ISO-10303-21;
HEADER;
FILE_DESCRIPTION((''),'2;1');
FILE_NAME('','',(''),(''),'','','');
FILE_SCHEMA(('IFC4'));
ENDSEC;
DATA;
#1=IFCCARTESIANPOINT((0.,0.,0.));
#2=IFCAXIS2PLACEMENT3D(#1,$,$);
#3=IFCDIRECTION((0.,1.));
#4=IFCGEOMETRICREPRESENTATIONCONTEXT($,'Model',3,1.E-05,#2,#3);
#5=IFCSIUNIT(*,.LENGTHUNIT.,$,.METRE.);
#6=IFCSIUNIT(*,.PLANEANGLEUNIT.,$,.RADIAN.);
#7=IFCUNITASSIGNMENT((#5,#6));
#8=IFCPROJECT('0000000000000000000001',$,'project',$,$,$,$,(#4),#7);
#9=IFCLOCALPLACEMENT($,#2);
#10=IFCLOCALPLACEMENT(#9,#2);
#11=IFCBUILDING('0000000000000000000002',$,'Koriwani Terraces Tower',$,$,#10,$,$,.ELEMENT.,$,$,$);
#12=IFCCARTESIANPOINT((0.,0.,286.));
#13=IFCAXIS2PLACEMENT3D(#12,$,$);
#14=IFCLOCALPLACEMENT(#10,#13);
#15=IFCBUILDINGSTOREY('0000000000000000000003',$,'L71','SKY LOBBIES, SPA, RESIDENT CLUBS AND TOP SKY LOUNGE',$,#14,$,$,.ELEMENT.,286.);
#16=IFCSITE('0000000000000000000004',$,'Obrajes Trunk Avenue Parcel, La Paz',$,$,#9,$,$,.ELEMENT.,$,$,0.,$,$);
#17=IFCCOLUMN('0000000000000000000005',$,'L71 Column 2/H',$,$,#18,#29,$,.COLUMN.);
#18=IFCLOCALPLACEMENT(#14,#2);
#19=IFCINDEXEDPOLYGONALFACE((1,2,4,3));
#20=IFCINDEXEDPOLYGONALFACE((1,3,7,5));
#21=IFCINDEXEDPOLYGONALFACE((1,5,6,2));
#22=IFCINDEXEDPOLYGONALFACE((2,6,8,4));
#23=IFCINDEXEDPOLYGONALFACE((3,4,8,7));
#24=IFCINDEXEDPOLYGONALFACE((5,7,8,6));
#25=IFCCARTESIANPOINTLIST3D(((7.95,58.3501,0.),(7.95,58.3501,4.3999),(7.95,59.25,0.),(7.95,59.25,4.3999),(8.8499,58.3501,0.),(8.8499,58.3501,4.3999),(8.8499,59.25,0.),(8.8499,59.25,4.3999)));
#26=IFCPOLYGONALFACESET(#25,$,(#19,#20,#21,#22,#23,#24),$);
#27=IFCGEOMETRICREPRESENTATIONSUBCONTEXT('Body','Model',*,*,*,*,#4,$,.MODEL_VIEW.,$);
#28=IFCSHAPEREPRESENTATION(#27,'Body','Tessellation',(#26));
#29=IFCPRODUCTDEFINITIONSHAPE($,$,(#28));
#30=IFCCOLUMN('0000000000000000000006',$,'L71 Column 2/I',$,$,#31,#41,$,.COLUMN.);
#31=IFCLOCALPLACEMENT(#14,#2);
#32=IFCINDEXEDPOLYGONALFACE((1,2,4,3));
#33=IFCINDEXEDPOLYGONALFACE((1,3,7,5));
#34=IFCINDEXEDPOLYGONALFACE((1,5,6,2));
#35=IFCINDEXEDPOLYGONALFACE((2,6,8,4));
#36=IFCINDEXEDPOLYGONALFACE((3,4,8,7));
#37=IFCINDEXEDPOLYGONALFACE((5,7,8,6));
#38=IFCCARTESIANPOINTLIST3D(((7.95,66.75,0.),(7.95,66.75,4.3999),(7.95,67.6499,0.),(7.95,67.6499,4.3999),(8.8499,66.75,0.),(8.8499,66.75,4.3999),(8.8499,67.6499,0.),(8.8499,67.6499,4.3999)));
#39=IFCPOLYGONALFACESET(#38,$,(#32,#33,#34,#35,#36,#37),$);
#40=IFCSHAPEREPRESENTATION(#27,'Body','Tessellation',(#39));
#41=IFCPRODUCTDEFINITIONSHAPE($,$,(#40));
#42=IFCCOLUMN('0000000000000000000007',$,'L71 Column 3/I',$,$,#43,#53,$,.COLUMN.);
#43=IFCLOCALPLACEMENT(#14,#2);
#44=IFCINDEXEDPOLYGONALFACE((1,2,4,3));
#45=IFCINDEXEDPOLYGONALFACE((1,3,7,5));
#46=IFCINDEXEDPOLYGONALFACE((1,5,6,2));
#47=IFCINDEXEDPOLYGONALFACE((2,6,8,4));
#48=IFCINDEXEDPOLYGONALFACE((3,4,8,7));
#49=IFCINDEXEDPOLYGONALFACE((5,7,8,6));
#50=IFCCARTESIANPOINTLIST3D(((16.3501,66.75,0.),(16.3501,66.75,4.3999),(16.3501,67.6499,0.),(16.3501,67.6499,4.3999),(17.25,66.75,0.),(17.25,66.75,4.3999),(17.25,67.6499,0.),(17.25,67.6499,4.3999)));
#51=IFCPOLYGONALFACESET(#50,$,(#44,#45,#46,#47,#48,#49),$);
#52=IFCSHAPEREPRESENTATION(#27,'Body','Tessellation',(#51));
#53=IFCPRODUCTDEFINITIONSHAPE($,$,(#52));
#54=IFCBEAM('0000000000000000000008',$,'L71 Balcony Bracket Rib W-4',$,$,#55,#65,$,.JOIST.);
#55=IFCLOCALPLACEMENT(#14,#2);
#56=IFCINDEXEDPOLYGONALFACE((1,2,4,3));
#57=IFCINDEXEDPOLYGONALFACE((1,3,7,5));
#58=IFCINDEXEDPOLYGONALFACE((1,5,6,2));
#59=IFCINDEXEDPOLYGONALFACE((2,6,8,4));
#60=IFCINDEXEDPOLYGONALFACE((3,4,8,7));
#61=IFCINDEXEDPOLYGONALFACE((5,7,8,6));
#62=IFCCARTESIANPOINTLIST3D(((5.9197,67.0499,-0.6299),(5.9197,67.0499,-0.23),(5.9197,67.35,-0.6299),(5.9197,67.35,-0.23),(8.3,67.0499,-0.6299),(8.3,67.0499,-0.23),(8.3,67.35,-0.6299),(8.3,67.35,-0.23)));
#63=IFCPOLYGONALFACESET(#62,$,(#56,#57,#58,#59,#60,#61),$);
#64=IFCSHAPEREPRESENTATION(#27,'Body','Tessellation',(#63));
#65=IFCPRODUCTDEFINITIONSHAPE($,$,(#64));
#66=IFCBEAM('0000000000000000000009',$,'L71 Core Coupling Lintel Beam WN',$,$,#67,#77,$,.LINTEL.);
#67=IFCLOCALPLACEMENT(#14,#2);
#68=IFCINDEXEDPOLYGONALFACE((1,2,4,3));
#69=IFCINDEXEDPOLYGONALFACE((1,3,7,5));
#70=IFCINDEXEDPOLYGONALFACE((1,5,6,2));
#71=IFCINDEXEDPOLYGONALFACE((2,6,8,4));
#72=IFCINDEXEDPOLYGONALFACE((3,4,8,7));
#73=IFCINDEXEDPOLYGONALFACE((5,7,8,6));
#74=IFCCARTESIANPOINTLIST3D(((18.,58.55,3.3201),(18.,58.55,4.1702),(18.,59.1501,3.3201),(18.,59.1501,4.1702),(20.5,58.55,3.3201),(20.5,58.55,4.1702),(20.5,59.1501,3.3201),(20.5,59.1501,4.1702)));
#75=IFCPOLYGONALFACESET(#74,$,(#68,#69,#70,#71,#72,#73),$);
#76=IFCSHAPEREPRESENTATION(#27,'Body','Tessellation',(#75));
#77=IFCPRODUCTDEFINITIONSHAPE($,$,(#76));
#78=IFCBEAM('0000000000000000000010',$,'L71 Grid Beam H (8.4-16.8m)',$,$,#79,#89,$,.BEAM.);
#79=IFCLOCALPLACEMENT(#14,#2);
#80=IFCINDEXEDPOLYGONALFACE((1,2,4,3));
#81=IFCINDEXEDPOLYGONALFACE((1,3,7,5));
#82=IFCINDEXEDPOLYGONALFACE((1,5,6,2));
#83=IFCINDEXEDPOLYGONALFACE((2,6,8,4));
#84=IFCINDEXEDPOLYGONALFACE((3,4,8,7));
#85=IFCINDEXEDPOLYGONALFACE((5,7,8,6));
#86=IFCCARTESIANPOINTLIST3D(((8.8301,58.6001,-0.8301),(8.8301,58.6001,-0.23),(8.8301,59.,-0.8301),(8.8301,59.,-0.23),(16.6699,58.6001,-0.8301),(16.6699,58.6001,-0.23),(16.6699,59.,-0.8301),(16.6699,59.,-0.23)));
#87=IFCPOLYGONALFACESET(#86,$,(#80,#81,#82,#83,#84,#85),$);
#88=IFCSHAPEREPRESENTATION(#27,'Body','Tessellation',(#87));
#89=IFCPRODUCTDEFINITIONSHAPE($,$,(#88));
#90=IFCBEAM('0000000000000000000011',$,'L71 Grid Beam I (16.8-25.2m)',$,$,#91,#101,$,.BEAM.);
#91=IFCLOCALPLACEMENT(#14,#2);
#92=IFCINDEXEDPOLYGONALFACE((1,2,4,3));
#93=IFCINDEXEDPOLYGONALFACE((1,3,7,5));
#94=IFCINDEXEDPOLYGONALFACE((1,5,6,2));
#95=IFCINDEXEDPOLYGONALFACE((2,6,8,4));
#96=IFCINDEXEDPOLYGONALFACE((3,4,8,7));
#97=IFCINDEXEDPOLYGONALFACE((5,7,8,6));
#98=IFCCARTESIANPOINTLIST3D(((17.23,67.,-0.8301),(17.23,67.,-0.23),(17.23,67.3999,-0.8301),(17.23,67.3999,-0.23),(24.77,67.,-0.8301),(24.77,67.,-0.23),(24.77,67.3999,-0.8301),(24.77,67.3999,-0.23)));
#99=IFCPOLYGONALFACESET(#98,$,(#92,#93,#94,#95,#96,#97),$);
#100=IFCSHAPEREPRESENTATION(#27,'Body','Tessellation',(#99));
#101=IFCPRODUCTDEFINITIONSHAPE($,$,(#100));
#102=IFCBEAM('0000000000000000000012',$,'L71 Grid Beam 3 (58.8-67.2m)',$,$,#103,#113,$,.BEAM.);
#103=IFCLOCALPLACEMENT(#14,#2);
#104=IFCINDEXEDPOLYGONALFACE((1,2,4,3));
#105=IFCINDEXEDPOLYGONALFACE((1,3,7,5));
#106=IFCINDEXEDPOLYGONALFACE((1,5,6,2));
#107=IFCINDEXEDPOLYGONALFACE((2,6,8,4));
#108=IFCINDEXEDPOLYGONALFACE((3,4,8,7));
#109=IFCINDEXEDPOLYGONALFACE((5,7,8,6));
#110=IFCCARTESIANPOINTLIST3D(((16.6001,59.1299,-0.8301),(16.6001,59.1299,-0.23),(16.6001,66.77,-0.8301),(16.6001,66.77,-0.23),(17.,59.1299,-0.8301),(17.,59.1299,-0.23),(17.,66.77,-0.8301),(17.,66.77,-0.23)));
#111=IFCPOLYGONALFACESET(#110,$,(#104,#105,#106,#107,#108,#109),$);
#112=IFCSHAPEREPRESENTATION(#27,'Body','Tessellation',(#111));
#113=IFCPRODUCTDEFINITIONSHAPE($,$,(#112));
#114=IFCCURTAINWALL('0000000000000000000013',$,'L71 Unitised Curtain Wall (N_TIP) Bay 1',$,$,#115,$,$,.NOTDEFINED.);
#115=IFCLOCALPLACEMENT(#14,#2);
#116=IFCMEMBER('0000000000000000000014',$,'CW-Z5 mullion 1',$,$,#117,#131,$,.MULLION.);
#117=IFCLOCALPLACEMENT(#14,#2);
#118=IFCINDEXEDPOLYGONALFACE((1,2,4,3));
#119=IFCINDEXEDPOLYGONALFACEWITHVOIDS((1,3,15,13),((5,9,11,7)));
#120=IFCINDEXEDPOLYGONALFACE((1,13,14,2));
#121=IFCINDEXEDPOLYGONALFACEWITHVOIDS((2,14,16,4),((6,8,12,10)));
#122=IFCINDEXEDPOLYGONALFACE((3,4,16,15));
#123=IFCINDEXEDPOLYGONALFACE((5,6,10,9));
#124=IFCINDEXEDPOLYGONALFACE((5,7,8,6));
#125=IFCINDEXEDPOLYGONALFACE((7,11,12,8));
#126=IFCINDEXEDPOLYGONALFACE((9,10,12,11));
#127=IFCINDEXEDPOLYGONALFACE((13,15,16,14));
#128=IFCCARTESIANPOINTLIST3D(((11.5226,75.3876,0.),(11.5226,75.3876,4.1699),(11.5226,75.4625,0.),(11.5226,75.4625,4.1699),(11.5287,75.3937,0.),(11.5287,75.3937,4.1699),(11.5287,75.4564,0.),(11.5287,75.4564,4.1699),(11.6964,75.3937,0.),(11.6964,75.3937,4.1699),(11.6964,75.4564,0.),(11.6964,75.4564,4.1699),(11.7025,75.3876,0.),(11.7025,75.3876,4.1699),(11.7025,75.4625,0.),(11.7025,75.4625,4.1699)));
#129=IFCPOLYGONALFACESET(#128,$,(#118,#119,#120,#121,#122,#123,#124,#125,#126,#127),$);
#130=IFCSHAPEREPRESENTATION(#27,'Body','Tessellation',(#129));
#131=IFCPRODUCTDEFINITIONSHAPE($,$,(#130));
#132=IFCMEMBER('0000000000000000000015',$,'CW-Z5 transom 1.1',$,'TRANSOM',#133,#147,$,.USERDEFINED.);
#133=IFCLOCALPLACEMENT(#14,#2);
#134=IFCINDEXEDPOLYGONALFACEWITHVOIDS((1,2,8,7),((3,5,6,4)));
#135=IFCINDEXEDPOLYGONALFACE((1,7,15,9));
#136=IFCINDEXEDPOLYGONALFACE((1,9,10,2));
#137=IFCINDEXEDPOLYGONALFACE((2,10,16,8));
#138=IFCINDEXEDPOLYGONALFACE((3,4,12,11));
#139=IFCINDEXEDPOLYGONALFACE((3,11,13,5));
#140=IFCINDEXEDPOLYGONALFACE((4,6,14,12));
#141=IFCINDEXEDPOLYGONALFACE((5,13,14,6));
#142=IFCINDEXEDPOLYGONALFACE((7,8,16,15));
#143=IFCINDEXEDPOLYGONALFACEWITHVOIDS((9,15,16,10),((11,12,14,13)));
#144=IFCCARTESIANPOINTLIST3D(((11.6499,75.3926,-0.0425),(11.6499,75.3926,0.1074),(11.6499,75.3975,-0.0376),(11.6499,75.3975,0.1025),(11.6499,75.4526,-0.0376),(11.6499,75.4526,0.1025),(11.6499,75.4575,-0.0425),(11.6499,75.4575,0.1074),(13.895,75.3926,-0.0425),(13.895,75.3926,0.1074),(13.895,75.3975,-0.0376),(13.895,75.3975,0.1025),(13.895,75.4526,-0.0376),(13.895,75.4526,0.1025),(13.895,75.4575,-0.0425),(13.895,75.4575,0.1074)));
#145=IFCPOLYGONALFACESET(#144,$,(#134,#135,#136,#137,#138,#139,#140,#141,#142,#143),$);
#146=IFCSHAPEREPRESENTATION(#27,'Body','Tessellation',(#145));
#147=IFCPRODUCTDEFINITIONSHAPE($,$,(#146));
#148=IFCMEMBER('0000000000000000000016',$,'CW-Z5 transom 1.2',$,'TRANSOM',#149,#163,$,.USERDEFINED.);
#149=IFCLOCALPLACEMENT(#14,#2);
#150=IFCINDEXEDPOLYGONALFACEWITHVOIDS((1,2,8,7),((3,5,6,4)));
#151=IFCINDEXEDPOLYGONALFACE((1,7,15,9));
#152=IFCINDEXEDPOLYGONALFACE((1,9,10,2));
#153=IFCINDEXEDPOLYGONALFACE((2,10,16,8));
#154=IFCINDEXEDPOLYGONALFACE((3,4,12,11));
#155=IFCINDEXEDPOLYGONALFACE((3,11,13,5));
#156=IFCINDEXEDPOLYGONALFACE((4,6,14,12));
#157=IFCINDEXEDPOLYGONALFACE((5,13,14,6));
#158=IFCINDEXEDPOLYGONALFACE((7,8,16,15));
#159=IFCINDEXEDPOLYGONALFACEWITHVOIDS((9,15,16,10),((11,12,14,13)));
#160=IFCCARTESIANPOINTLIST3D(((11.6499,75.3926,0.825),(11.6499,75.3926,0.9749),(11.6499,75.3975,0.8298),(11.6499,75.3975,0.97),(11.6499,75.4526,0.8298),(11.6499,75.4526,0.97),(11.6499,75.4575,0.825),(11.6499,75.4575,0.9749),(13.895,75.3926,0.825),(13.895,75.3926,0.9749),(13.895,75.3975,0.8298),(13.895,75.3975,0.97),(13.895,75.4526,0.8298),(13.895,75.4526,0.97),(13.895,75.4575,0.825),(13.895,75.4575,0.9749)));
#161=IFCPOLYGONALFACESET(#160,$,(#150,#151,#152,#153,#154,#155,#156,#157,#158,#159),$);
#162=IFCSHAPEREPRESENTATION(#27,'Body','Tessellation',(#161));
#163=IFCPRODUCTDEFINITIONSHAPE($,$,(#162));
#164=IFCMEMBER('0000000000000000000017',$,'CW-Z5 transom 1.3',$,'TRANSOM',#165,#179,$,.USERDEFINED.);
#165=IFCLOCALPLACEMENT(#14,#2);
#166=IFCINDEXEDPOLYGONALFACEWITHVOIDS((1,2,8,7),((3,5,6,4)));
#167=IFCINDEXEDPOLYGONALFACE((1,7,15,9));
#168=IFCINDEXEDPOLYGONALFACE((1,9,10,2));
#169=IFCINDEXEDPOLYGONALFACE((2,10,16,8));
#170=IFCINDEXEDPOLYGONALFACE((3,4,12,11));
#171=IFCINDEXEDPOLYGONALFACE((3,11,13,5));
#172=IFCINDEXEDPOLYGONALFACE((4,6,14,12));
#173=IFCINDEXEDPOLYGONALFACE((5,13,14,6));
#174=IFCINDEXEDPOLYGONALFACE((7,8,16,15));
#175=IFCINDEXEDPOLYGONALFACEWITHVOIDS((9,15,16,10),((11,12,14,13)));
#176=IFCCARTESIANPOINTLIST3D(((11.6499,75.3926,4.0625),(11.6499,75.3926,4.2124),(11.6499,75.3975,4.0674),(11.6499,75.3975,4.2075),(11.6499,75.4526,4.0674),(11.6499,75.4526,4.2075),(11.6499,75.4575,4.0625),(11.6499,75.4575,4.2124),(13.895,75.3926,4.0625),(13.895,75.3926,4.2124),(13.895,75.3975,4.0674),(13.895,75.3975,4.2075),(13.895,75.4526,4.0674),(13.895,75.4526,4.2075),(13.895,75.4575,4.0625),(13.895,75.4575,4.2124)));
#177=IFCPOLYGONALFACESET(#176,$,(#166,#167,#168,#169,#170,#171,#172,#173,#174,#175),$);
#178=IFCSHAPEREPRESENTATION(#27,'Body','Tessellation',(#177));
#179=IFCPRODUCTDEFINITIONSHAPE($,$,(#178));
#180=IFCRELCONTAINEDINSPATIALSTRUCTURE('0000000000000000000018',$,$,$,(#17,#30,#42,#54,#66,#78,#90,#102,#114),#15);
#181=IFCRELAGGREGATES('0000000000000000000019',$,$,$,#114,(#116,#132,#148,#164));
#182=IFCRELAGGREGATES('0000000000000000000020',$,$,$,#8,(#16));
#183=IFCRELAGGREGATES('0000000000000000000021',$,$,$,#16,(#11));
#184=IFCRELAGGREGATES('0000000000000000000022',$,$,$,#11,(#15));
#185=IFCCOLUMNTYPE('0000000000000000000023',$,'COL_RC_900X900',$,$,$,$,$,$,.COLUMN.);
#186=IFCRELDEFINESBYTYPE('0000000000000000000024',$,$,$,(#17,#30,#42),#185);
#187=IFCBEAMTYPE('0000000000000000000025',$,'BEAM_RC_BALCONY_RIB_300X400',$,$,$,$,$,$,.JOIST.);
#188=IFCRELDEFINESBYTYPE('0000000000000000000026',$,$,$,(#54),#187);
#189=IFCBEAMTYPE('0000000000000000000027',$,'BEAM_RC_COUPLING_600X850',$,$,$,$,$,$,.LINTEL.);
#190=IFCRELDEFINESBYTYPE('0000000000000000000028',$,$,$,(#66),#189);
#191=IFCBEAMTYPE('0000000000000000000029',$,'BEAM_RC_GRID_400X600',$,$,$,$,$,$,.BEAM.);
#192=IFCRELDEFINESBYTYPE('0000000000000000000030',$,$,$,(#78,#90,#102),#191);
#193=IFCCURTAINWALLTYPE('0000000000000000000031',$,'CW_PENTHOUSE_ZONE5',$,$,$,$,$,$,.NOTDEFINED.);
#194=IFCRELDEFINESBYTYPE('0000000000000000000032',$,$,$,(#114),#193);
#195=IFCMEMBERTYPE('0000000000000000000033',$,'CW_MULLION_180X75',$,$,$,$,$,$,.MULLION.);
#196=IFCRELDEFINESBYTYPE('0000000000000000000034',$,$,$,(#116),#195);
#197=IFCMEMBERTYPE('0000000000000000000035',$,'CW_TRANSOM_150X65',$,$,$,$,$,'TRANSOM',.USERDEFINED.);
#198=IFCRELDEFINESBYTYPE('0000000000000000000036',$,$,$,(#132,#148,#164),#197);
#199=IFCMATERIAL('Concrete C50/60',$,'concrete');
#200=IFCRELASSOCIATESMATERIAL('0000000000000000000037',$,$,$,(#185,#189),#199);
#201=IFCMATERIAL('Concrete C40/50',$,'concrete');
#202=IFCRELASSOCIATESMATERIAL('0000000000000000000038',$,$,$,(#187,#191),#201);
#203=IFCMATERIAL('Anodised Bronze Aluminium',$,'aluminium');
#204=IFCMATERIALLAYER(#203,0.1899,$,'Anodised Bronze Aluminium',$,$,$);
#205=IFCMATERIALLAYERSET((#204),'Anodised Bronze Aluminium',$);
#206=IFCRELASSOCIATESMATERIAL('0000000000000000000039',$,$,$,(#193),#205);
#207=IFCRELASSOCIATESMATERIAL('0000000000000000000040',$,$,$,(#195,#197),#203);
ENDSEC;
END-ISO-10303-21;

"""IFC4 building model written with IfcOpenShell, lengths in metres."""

from ifc_helpers import new_model, si_unit, direction, frame, origin, origin_2d, place, context, subcontext, project, spatial, rectangle, hollow_rectangle, extrude, material, layer, layer_set, material_profile, profile_set, type_object, element, aggregate, save


model = new_model("IFC4")

# Units and contexts
model_context = context("Model", 3, precision=1e-05, world=origin(), true_north=direction((0.0, 1.0)))
body_context = subcontext(model_context, "Body", "Model", "MODEL_VIEW")
ifc_project = project(units=[si_unit("LENGTHUNIT", "METRE"), si_unit("PLANEANGLEUNIT", "RADIAN")], contexts=[model_context])

# Site, building, storey
site_placement = place(None, origin())
site = spatial("IfcSite", under=ifc_project, at=site_placement, Name="Obrajes Trunk Avenue Parcel, La Paz", CompositionType="ELEMENT", RefElevation=0.0)
building_placement = place(site_placement, origin())
building = spatial("IfcBuilding", under=site, at=building_placement, Name="Koriwani Terraces Tower", CompositionType="ELEMENT")
storey_placement = place(building_placement, frame((0.0, 0.0, 286.0)))
storey = spatial("IfcBuildingStorey", under=building, at=storey_placement, Name="L71", Description="SKY LOBBIES, SPA, RESIDENT CLUBS AND TOP SKY LOUNGE", CompositionType="ELEMENT", Elevation=286.0)

# Columns
ifc_material_1 = material(Name="Concrete C50/60", Category="concrete")
ifc_material_profile_1 = material_profile(ifc_material_1, rectangle(XDim=0.8999, YDim=0.8999, at=origin_2d()), Name="Concrete C50/60", Category="LoadBearing")
ifc_profile_set_1 = profile_set([ifc_material_profile_1], Name="Concrete C50/60")
column_type = type_object("IfcColumnType", Name="COL_RC_900X900", PredefinedType="COLUMN", material=ifc_profile_set_1)
for number, where, z_axis, x_axis, name in (
    (1, (8.3999, 58.8, 0.0), (0.0, 0.0, 1.0), (1.0, 0.0, 0.0), "L71 Column 2/H"),
    (2, (8.3999, 67.2, 0.0), (0.0, 0.0, 1.0), (1.0, 0.0, 0.0), "L71 Column 2/I"),
    (3, (16.8, 67.2, 0.0), (0.0, 0.0, 1.0), (1.0, 0.0, 0.0), "L71 Column 3/I"),
):
    element("IfcColumn", number, at=place(storey_placement, frame(where, z_axis=z_axis, x_axis=x_axis)), inside=storey, type_object=column_type, Name=name, PredefinedType="COLUMN", context=body_context, shape_type="SweptSolid", body=[
        extrude(rectangle(XDim=0.8999, YDim=0.8999, at=origin_2d()), origin(), (0.0, 0.0, 1.0), 4.3999),
    ])

# Beams
ifc_material_2 = material(Name="Concrete C40/50", Category="concrete")
ifc_material_profile_2 = material_profile(ifc_material_2, rectangle(XDim=0.3, YDim=0.3999, at=origin_2d()), Name="Concrete C40/50", Category="LoadBearing")
ifc_profile_set_2 = profile_set([ifc_material_profile_2], Name="Concrete C40/50")
beam_type_1 = type_object("IfcBeamType", Name="BEAM_RC_BALCONY_RIB_300X400", PredefinedType="JOIST", material=ifc_profile_set_2)
beam_1_placement = place(storey_placement, frame((5.9197, 67.2, -0.4299), z_axis=(1.0, 0.0, 0.0), x_axis=(0.0, 1.0, 0.0)))
element("IfcBeam", 4, at=beam_1_placement, inside=storey, type_object=beam_type_1, Name="L71 Balcony Bracket Rib W-4", PredefinedType="JOIST", context=body_context, shape_type="SweptSolid", body=[
    extrude(rectangle(XDim=0.3, YDim=0.3999, at=origin_2d()), origin(), (0.0, 0.0, 1.0), 2.3804),
])
ifc_material_profile_3 = material_profile(ifc_material_1, rectangle(XDim=0.6001, YDim=0.8501, at=origin_2d()), Name="Concrete C50/60", Category="LoadBearing")
ifc_profile_set_3 = profile_set([ifc_material_profile_3], Name="Concrete C50/60")
beam_type_2 = type_object("IfcBeamType", Name="BEAM_RC_COUPLING_600X850", PredefinedType="LINTEL", material=ifc_profile_set_3)
beam_2_placement = place(storey_placement, frame((18.0, 58.8501, 3.7451), z_axis=(1.0, 0.0, 0.0), x_axis=(0.0, 1.0, 0.0)))
element("IfcBeam", 5, at=beam_2_placement, inside=storey, type_object=beam_type_2, Name="L71 Core Coupling Lintel Beam WN", PredefinedType="LINTEL", context=body_context, shape_type="SweptSolid", body=[
    extrude(rectangle(XDim=0.6001, YDim=0.8501, at=origin_2d()), origin(), (0.0, 0.0, 1.0), 2.5),
])
ifc_material_profile_4 = material_profile(ifc_material_2, rectangle(XDim=0.3999, YDim=0.6001, at=origin_2d()), Name="Concrete C40/50", Category="LoadBearing")
ifc_profile_set_4 = profile_set([ifc_material_profile_4], Name="Concrete C40/50")
beam_type_3 = type_object("IfcBeamType", Name="BEAM_RC_GRID_400X600", PredefinedType="BEAM", material=ifc_profile_set_4)
beam_3_placement = place(storey_placement, frame((8.8301, 58.8, -0.53), z_axis=(1.0, 0.0, 0.0), x_axis=(0.0, 1.0, 0.0)))
element("IfcBeam", 6, at=beam_3_placement, inside=storey, type_object=beam_type_3, Name="L71 Grid Beam H (8.4-16.8m)", PredefinedType="BEAM", context=body_context, shape_type="SweptSolid", body=[
    extrude(rectangle(XDim=0.3999, YDim=0.6001, at=origin_2d()), origin(), (0.0, 0.0, 1.0), 7.8398),
])
beam_4_placement = place(storey_placement, frame((17.23, 67.2, -0.53), z_axis=(1.0, 0.0, 0.0), x_axis=(0.0, 1.0, 0.0)))
element("IfcBeam", 7, at=beam_4_placement, inside=storey, type_object=beam_type_3, Name="L71 Grid Beam I (16.8-25.2m)", PredefinedType="BEAM", context=body_context, shape_type="SweptSolid", body=[
    extrude(rectangle(XDim=0.3999, YDim=0.6001, at=origin_2d()), origin(), (0.0, 0.0, 1.0), 7.54),
])
beam_5_placement = place(storey_placement, frame((16.8, 59.1299, -0.53), z_axis=(0.0, 1.0, 0.0), x_axis=(-1.0, 0.0, 0.0)))
element("IfcBeam", 8, at=beam_5_placement, inside=storey, type_object=beam_type_3, Name="L71 Grid Beam 3 (58.8-67.2m)", PredefinedType="BEAM", context=body_context, shape_type="SweptSolid", body=[
    extrude(rectangle(XDim=0.3999, YDim=0.6001, at=origin_2d()), origin(), (0.0, 0.0, 1.0), 7.6401),
])

# Curtain wall, members
ifc_material_3 = material(Name="Anodised Bronze Aluminium", Category="aluminium")
ifc_layer_1 = layer(ifc_material_3, 0.1899, Name="Anodised Bronze Aluminium")
ifc_layer_set_1 = layer_set([ifc_layer_1], Name="Anodised Bronze Aluminium")
curtain_wall_type = type_object("IfcCurtainWallType", Name="CW_PENTHOUSE_ZONE5", PredefinedType="NOTDEFINED", material=ifc_layer_set_1)
curtain_wall_placement = place(storey_placement, origin())
curtain_wall = element("IfcCurtainWall", 9, at=curtain_wall_placement, inside=storey, type_object=curtain_wall_type, Name="L71 Unitised Curtain Wall (N_TIP) Bay 1", PredefinedType="NOTDEFINED")
ifc_material_profile_5 = material_profile(ifc_material_3, hollow_rectangle(XDim=0.075, YDim=0.1799, WallThickness=0.0061, at=origin_2d()), Name="Anodised Bronze Aluminium", Category="LoadBearing")
ifc_profile_set_5 = profile_set([ifc_material_profile_5], Name="Anodised Bronze Aluminium")
member_type_1 = type_object("IfcMemberType", Name="CW_MULLION_180X75", PredefinedType="MULLION", material=ifc_profile_set_5)
member_1_placement = place(storey_placement, frame((11.6125, 75.425, 0.0), z_axis=(0.0, 0.0, 1.0), x_axis=(0.0, 1.0, 0.0)))
member_1 = element("IfcMember", 10, at=member_1_placement, type_object=member_type_1, Name="CW-Z5 mullion 1", PredefinedType="MULLION", context=body_context, shape_type="SweptSolid", body=[
    extrude(hollow_rectangle(XDim=0.075, YDim=0.1799, WallThickness=0.0061, at=origin_2d()), origin(), (0.0, 0.0, 1.0), 4.1699),
])
ifc_material_profile_6 = material_profile(ifc_material_3, hollow_rectangle(XDim=0.0649, YDim=0.1499, WallThickness=0.0049, at=origin_2d()), Name="Anodised Bronze Aluminium", Category="LoadBearing")
ifc_profile_set_6 = profile_set([ifc_material_profile_6], Name="Anodised Bronze Aluminium")
member_type_2 = type_object("IfcMemberType", Name="CW_TRANSOM_150X65", ElementType="TRANSOM", PredefinedType="USERDEFINED", material=ifc_profile_set_6)
member_2_placement = place(storey_placement, frame((11.6499, 75.425, 0.0325), z_axis=(1.0, 0.0, 0.0), x_axis=(0.0, 1.0, 0.0)))
member_2 = element("IfcMember", 11, at=member_2_placement, type_object=member_type_2, Name="CW-Z5 transom 1.1", ObjectType="TRANSOM", PredefinedType="USERDEFINED", context=body_context, shape_type="SweptSolid", body=[
    extrude(hollow_rectangle(XDim=0.0649, YDim=0.1499, WallThickness=0.0049, at=origin_2d()), origin(), (0.0, 0.0, 1.0), 2.2451),
])
member_3_placement = place(storey_placement, frame((11.6499, 75.425, 0.8999), z_axis=(1.0, 0.0, 0.0), x_axis=(0.0, 1.0, 0.0)))
member_3 = element("IfcMember", 12, at=member_3_placement, type_object=member_type_2, Name="CW-Z5 transom 1.2", ObjectType="TRANSOM", PredefinedType="USERDEFINED", context=body_context, shape_type="SweptSolid", body=[
    extrude(hollow_rectangle(XDim=0.0649, YDim=0.1499, WallThickness=0.0049, at=origin_2d()), origin(), (0.0, 0.0, 1.0), 2.2451),
])
member_4_placement = place(storey_placement, frame((11.6499, 75.425, 4.1375), z_axis=(1.0, 0.0, 0.0), x_axis=(0.0, 1.0, 0.0)))
member_4 = element("IfcMember", 13, at=member_4_placement, type_object=member_type_2, Name="CW-Z5 transom 1.3", ObjectType="TRANSOM", PredefinedType="USERDEFINED", context=body_context, shape_type="SweptSolid", body=[
    extrude(hollow_rectangle(XDim=0.0649, YDim=0.1499, WallThickness=0.0049, at=origin_2d()), origin(), (0.0, 0.0, 1.0), 2.2451),
])
aggregate(curtain_wall, [member_1, member_2, member_3, member_4])

save(model, "model.ifc")
